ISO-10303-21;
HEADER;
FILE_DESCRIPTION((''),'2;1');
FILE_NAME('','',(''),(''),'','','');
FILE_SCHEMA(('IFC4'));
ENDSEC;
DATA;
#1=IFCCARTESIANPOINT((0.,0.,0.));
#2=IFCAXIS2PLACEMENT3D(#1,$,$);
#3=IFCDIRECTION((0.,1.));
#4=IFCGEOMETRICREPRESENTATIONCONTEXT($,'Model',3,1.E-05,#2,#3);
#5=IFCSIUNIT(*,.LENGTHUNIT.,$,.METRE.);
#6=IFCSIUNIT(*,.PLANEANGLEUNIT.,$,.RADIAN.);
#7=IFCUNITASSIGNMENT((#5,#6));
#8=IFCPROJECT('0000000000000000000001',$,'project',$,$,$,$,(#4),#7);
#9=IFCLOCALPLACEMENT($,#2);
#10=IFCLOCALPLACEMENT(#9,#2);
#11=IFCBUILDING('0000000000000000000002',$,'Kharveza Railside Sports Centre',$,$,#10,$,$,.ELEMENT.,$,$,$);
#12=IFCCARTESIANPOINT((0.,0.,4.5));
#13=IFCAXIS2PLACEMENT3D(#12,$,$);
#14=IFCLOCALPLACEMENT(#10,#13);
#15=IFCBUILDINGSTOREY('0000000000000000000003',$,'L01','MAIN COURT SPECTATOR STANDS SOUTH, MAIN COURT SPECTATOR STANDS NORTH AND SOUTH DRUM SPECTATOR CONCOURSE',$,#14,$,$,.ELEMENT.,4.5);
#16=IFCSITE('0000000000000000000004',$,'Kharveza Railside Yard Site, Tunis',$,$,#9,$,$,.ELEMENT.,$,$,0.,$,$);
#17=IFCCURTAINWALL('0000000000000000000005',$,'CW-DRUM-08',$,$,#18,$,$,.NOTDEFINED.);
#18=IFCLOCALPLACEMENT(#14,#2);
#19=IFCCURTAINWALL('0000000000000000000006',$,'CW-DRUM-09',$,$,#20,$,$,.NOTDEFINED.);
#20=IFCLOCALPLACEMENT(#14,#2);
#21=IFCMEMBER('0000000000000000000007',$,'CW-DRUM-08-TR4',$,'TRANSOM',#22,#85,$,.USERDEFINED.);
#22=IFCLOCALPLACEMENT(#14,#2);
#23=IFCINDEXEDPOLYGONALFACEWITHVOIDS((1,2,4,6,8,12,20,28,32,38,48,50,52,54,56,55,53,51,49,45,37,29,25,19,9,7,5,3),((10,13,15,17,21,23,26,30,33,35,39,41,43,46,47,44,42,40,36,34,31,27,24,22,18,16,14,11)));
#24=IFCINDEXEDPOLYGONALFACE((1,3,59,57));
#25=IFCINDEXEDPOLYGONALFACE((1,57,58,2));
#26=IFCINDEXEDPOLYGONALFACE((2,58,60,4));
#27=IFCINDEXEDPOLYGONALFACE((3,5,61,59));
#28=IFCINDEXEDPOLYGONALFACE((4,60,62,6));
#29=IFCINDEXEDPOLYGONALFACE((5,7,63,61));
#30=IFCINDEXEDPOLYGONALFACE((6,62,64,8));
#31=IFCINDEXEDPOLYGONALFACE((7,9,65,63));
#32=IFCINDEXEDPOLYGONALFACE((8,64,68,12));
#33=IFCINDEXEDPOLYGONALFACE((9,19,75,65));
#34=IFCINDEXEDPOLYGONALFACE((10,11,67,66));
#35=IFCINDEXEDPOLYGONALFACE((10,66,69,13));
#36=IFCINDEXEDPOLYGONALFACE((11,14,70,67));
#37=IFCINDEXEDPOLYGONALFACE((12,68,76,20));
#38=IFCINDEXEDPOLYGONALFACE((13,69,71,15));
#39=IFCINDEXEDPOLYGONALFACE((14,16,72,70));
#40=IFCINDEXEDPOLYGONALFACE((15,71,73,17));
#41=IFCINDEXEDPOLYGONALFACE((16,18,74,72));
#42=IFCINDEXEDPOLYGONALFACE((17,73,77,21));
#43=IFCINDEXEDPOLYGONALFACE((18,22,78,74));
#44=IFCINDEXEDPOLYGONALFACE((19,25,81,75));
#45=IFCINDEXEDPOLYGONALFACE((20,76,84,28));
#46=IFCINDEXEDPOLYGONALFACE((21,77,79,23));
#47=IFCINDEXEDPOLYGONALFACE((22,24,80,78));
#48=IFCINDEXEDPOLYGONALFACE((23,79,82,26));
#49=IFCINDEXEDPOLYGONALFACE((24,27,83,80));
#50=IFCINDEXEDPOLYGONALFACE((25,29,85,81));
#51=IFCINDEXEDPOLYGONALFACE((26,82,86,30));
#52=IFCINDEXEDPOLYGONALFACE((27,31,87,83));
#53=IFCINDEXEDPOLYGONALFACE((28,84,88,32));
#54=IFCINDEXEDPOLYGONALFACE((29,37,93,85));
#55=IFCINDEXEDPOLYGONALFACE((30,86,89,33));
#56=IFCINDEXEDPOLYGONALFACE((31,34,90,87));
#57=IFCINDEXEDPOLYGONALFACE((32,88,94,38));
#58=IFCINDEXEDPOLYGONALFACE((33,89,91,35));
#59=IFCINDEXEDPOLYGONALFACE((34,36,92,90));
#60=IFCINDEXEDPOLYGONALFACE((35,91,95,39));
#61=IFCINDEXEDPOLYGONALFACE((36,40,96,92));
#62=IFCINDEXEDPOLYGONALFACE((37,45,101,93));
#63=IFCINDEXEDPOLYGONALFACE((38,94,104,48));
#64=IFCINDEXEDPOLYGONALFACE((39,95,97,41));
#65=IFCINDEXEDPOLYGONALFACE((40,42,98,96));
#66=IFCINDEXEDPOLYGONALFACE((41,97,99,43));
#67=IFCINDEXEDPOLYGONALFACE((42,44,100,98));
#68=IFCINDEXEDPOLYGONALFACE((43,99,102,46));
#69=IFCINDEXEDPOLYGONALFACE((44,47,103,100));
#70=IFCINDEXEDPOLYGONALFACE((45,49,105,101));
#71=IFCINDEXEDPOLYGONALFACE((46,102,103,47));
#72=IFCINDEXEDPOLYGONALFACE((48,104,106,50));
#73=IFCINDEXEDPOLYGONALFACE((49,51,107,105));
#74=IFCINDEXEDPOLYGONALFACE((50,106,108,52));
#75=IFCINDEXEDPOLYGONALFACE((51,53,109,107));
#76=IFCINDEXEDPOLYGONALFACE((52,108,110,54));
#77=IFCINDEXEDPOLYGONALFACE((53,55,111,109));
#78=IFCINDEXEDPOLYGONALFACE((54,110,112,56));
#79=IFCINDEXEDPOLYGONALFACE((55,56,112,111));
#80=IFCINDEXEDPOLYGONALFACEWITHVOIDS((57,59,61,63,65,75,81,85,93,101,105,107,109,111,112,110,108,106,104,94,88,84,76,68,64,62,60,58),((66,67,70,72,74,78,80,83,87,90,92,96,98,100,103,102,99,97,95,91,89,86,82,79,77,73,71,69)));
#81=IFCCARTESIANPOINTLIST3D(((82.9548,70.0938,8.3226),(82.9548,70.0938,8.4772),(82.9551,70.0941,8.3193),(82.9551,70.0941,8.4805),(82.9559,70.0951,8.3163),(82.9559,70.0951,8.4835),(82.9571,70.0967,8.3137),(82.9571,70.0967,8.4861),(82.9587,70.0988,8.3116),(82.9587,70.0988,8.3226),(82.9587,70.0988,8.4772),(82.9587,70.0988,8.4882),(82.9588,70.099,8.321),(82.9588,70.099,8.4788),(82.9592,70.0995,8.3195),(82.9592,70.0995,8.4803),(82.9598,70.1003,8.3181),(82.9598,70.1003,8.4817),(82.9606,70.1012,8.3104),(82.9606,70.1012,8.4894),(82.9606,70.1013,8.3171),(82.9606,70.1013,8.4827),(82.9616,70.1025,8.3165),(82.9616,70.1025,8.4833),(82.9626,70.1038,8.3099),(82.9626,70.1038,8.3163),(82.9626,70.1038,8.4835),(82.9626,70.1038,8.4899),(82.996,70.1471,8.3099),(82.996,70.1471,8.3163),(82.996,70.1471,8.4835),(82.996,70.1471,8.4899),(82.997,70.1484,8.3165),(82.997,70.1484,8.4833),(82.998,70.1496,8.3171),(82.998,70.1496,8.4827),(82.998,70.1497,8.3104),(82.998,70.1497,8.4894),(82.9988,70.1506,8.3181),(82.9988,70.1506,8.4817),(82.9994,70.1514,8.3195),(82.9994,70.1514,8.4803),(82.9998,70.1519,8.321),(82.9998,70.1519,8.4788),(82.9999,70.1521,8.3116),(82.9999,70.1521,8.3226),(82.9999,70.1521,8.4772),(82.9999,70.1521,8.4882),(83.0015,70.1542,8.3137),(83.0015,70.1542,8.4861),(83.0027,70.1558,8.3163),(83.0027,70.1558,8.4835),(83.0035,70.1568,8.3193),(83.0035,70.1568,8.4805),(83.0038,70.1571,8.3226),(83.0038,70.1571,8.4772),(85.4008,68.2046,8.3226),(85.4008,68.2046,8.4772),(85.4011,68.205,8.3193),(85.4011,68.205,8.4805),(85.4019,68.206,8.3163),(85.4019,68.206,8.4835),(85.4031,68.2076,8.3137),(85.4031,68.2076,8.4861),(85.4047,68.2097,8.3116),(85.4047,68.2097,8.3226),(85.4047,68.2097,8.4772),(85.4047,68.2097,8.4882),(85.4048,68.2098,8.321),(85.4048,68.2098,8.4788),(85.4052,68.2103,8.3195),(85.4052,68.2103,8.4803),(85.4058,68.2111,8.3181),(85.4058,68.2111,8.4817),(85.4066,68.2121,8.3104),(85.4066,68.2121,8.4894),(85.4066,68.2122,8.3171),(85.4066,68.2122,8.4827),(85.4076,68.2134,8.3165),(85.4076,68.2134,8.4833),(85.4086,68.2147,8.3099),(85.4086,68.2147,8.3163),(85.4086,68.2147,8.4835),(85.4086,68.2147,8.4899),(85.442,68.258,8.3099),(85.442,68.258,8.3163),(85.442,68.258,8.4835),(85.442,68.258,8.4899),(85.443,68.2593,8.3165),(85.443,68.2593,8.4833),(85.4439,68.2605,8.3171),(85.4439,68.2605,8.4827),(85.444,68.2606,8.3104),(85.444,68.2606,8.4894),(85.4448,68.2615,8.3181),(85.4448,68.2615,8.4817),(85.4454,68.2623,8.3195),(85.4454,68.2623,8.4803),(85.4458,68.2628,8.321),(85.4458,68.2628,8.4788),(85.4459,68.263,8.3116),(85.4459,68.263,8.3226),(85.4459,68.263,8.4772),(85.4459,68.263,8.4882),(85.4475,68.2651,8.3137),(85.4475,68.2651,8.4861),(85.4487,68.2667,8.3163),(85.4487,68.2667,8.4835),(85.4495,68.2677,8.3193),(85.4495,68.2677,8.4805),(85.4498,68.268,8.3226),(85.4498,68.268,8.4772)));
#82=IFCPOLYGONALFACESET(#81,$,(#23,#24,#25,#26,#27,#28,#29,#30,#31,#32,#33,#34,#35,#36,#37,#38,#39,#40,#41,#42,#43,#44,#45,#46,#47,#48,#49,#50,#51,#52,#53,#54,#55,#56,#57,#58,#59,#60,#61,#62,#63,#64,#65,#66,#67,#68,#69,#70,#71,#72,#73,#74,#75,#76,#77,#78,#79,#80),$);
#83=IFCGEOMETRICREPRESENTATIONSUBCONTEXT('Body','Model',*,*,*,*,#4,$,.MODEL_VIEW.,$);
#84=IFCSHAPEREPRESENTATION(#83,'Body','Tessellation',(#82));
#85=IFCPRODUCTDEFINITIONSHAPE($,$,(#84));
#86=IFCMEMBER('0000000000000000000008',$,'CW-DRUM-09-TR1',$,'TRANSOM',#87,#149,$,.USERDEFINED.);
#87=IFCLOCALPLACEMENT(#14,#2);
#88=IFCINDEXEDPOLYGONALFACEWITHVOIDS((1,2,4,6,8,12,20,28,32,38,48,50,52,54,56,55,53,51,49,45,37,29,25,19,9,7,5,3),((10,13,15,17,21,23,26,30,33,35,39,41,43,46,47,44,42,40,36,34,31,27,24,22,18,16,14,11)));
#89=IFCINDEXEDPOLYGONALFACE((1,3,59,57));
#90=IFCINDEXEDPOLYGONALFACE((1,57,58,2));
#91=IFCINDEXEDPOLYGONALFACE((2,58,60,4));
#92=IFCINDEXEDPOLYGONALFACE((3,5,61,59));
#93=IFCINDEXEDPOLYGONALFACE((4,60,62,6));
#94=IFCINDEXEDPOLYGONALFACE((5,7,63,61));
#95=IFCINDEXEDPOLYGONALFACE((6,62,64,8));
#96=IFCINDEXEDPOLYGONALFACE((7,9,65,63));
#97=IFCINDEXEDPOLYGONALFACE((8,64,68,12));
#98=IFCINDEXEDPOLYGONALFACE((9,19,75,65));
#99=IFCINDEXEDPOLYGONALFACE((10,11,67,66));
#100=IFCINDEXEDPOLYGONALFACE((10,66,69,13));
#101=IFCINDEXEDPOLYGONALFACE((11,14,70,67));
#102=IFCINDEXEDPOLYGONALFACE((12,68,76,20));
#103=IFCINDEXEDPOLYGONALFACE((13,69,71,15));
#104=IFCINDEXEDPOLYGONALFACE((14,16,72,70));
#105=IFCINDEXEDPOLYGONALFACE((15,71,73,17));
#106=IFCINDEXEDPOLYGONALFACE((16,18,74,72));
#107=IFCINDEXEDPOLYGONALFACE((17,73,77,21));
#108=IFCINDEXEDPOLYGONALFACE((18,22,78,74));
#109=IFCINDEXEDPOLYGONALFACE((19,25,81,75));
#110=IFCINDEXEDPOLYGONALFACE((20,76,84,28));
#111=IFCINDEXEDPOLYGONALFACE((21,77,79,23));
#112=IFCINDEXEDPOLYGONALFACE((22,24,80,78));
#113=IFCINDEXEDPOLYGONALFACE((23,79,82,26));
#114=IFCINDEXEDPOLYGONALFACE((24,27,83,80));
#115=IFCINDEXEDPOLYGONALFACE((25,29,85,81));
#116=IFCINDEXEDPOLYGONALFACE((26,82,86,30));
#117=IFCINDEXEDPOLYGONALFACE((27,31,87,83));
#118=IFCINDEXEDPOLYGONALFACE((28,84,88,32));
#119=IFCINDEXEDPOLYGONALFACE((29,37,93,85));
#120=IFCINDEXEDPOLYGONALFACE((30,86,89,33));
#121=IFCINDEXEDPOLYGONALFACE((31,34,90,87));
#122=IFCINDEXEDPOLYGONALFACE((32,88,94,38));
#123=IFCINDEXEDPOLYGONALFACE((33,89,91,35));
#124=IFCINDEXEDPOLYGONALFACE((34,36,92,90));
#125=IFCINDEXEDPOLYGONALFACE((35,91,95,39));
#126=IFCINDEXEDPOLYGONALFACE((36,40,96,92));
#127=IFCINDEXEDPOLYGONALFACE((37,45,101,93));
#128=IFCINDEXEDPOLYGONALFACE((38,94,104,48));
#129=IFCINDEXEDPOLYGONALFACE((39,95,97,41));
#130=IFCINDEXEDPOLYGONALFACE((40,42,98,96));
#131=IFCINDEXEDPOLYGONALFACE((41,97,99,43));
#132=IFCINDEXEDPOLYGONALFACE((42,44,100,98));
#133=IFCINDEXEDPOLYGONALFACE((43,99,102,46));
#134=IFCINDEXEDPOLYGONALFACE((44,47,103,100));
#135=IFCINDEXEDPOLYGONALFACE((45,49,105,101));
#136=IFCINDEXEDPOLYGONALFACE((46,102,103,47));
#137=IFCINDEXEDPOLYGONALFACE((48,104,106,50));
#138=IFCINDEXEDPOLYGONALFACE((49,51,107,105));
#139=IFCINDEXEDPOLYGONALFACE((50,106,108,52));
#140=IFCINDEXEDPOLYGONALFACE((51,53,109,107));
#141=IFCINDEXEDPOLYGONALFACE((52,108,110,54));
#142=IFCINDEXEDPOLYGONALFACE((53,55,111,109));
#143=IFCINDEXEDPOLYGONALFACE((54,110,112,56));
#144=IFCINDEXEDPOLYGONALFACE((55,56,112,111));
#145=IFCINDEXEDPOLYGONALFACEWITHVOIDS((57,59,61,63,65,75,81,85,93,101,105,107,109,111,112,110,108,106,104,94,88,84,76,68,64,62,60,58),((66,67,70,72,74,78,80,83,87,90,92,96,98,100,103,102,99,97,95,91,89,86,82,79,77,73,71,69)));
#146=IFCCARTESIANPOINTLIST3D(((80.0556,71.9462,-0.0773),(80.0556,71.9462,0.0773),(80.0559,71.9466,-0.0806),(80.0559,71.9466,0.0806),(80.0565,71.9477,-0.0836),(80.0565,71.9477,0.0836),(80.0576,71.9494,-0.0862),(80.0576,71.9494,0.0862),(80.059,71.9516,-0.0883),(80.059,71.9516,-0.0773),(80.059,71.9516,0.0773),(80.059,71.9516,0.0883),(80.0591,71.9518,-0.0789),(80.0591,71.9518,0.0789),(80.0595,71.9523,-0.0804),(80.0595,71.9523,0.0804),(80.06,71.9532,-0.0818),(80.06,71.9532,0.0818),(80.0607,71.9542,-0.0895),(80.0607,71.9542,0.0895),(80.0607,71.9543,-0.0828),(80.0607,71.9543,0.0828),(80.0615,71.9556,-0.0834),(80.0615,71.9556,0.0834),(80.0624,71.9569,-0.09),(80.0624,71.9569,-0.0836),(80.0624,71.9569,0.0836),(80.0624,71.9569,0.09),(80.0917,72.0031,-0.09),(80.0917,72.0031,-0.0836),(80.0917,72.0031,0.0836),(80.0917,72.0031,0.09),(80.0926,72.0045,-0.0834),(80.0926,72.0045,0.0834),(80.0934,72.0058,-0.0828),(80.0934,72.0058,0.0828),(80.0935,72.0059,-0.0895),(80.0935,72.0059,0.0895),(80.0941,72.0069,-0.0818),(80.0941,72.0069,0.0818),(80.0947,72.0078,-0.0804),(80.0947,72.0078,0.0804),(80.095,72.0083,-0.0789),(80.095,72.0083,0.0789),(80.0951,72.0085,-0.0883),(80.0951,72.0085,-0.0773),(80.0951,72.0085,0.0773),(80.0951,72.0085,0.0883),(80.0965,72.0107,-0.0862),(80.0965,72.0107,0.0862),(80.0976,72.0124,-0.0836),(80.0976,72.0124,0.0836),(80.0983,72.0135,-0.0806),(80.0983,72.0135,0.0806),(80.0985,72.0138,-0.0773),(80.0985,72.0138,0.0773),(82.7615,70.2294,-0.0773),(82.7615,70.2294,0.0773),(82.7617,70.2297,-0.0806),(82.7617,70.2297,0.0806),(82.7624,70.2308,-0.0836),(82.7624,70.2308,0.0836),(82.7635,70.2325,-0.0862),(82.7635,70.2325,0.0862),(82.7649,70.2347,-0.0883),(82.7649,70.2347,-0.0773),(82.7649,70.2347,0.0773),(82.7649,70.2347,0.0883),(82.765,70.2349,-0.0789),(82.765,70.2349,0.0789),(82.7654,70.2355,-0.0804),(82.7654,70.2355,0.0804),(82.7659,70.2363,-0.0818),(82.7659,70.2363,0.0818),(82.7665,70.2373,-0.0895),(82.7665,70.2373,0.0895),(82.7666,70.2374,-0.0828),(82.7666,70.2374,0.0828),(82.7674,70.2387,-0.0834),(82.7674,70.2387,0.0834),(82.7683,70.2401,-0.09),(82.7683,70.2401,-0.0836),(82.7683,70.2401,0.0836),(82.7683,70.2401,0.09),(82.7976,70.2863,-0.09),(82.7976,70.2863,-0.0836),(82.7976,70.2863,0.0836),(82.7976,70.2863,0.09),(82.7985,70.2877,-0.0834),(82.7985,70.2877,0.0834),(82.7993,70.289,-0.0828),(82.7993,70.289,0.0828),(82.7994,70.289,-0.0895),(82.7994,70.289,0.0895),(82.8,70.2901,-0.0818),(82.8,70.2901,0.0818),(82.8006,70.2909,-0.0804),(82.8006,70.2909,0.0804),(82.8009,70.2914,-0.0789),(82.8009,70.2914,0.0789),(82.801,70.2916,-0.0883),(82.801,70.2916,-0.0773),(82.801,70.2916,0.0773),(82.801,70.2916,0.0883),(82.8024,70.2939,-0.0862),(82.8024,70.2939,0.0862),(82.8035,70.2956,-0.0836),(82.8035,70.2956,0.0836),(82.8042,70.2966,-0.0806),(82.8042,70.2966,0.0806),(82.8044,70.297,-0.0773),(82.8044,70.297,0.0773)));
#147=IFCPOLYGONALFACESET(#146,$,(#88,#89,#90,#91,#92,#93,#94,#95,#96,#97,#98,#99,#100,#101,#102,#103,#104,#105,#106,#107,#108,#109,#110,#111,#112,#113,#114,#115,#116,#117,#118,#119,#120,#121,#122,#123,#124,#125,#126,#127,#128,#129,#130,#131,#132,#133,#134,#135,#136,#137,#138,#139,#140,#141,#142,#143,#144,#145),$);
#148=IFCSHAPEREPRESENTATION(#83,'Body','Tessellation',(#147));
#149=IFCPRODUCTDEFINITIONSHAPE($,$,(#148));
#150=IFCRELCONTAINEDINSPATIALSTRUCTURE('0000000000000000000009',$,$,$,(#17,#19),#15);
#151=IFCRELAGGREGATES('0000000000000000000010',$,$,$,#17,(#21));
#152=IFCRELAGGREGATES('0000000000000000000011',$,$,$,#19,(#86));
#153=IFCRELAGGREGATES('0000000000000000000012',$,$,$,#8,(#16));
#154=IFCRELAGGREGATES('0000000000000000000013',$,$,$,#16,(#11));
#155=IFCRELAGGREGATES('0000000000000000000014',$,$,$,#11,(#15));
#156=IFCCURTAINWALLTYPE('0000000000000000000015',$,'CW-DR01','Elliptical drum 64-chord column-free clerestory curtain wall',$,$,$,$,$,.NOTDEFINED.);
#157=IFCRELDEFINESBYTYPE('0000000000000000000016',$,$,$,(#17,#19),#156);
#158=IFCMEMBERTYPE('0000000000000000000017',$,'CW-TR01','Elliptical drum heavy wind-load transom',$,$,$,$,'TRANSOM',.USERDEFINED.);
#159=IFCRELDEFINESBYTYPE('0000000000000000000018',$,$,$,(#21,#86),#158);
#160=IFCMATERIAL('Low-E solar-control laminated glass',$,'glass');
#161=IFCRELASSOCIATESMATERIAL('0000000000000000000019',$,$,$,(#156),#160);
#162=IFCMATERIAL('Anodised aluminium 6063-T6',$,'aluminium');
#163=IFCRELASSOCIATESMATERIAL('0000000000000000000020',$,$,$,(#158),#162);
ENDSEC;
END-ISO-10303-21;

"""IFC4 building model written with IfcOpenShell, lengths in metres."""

from ifc_helpers import new_model, si_unit, direction, frame, origin, origin_2d, place, context, subcontext, project, spatial, hollow_rectangle, extrude, material, material_profile, profile_set, type_object, element, aggregate, save


model = new_model("IFC4")

# Units and contexts
model_context = context("Model", 3, precision=1e-05, world=origin(), true_north=direction((0.0, 1.0)))
body_context = subcontext(model_context, "Body", "Model", "MODEL_VIEW")
ifc_project = project(units=[si_unit("LENGTHUNIT", "METRE"), si_unit("PLANEANGLEUNIT", "RADIAN")], contexts=[model_context])

# Site, building, storey
site_placement = place(None, origin())
site = spatial("IfcSite", under=ifc_project, at=site_placement, Name="Kharveza Railside Yard Site, Tunis", CompositionType="ELEMENT", RefElevation=0.0)
building_placement = place(site_placement, origin())
building = spatial("IfcBuilding", under=site, at=building_placement, Name="Kharveza Railside Sports Centre", CompositionType="ELEMENT")
storey_placement = place(building_placement, frame((0.0, 0.0, 4.5)))
storey = spatial("IfcBuildingStorey", under=building, at=storey_placement, Name="L01", Description="MAIN COURT SPECTATOR STANDS SOUTH, MAIN COURT SPECTATOR STANDS NORTH AND SOUTH DRUM SPECTATOR CONCOURSE", CompositionType="ELEMENT", Elevation=4.5)

# Shared definitions
ifc_material_1 = material(Name="Low-E solar-control laminated glass", Category="glass")
curtain_wall_type = type_object("IfcCurtainWallType", Name="CW-DR01", Description="Elliptical drum 64-chord column-free clerestory curtain wall", PredefinedType="NOTDEFINED", material=ifc_material_1)
ifc_material_2 = material(Name="Anodised aluminium 6063-T6", Category="aluminium")

# Curtain wall
curtain_wall_1_placement = place(storey_placement, origin())
curtain_wall_1 = element("IfcCurtainWall", 1, at=curtain_wall_1_placement, inside=storey, type_object=curtain_wall_type, Name="CW-DRUM-08", PredefinedType="NOTDEFINED")

# Curtain wall
curtain_wall_2_placement = place(storey_placement, origin())
curtain_wall_2 = element("IfcCurtainWall", 2, at=curtain_wall_2_placement, inside=storey, type_object=curtain_wall_type, Name="CW-DRUM-09", PredefinedType="NOTDEFINED")

# Members
ifc_material_profile_1 = material_profile(ifc_material_2, hollow_rectangle(XDim=0.0801, YDim=0.1799, WallThickness=0.0063, InnerFilletRadius=0.0063, OuterFilletRadius=0.0127, at=origin_2d()), Name="RHS 80x180x6.3")
ifc_profile_set_1 = profile_set([ifc_material_profile_1], Name="Anodised aluminium 6063-T6")
member_type_1 = type_object("IfcMemberType", Name="CW-TR01", Description="Elliptical drum heavy wind-load transom", ElementType="TRANSOM", PredefinedType="USERDEFINED", material=ifc_profile_set_1)
member_1_placement = place(storey_placement, frame((85.4253, 68.2363, 8.3999), z_axis=(-0.791436, 0.611252, 0.0), x_axis=(-0.611252, -0.791436, 0.0)))
member_1 = element("IfcMember", 3, at=member_1_placement, type_object=member_type_1, Name="CW-DRUM-08-TR4", ObjectType="TRANSOM", PredefinedType="USERDEFINED", context=body_context, shape_type="SweptSolid", body=[
    extrude(hollow_rectangle(XDim=0.0801, YDim=0.1799, WallThickness=0.0063, InnerFilletRadius=0.0063, OuterFilletRadius=0.0127, at=origin_2d()), origin(), (0.0, 0.0, 1.0), 3.0906),
])
member_2_placement = place(storey_placement, frame((82.783, 70.2632, 0.0), z_axis=(-0.844379, 0.535746, 0.0), x_axis=(-0.535746, -0.844379, 0.0)))
member_2 = element("IfcMember", 4, at=member_2_placement, type_object=member_type_1, Name="CW-DRUM-09-TR1", ObjectType="TRANSOM", PredefinedType="USERDEFINED", context=body_context, shape_type="SweptSolid", body=[
    extrude(hollow_rectangle(XDim=0.0801, YDim=0.1799, WallThickness=0.0063, InnerFilletRadius=0.0063, OuterFilletRadius=0.0127, at=origin_2d()), origin(), (0.0, 0.0, 1.0), 3.2046),
])

aggregate(curtain_wall_1, [member_1])
aggregate(curtain_wall_2, [member_2])

save(model, "model.ifc")
